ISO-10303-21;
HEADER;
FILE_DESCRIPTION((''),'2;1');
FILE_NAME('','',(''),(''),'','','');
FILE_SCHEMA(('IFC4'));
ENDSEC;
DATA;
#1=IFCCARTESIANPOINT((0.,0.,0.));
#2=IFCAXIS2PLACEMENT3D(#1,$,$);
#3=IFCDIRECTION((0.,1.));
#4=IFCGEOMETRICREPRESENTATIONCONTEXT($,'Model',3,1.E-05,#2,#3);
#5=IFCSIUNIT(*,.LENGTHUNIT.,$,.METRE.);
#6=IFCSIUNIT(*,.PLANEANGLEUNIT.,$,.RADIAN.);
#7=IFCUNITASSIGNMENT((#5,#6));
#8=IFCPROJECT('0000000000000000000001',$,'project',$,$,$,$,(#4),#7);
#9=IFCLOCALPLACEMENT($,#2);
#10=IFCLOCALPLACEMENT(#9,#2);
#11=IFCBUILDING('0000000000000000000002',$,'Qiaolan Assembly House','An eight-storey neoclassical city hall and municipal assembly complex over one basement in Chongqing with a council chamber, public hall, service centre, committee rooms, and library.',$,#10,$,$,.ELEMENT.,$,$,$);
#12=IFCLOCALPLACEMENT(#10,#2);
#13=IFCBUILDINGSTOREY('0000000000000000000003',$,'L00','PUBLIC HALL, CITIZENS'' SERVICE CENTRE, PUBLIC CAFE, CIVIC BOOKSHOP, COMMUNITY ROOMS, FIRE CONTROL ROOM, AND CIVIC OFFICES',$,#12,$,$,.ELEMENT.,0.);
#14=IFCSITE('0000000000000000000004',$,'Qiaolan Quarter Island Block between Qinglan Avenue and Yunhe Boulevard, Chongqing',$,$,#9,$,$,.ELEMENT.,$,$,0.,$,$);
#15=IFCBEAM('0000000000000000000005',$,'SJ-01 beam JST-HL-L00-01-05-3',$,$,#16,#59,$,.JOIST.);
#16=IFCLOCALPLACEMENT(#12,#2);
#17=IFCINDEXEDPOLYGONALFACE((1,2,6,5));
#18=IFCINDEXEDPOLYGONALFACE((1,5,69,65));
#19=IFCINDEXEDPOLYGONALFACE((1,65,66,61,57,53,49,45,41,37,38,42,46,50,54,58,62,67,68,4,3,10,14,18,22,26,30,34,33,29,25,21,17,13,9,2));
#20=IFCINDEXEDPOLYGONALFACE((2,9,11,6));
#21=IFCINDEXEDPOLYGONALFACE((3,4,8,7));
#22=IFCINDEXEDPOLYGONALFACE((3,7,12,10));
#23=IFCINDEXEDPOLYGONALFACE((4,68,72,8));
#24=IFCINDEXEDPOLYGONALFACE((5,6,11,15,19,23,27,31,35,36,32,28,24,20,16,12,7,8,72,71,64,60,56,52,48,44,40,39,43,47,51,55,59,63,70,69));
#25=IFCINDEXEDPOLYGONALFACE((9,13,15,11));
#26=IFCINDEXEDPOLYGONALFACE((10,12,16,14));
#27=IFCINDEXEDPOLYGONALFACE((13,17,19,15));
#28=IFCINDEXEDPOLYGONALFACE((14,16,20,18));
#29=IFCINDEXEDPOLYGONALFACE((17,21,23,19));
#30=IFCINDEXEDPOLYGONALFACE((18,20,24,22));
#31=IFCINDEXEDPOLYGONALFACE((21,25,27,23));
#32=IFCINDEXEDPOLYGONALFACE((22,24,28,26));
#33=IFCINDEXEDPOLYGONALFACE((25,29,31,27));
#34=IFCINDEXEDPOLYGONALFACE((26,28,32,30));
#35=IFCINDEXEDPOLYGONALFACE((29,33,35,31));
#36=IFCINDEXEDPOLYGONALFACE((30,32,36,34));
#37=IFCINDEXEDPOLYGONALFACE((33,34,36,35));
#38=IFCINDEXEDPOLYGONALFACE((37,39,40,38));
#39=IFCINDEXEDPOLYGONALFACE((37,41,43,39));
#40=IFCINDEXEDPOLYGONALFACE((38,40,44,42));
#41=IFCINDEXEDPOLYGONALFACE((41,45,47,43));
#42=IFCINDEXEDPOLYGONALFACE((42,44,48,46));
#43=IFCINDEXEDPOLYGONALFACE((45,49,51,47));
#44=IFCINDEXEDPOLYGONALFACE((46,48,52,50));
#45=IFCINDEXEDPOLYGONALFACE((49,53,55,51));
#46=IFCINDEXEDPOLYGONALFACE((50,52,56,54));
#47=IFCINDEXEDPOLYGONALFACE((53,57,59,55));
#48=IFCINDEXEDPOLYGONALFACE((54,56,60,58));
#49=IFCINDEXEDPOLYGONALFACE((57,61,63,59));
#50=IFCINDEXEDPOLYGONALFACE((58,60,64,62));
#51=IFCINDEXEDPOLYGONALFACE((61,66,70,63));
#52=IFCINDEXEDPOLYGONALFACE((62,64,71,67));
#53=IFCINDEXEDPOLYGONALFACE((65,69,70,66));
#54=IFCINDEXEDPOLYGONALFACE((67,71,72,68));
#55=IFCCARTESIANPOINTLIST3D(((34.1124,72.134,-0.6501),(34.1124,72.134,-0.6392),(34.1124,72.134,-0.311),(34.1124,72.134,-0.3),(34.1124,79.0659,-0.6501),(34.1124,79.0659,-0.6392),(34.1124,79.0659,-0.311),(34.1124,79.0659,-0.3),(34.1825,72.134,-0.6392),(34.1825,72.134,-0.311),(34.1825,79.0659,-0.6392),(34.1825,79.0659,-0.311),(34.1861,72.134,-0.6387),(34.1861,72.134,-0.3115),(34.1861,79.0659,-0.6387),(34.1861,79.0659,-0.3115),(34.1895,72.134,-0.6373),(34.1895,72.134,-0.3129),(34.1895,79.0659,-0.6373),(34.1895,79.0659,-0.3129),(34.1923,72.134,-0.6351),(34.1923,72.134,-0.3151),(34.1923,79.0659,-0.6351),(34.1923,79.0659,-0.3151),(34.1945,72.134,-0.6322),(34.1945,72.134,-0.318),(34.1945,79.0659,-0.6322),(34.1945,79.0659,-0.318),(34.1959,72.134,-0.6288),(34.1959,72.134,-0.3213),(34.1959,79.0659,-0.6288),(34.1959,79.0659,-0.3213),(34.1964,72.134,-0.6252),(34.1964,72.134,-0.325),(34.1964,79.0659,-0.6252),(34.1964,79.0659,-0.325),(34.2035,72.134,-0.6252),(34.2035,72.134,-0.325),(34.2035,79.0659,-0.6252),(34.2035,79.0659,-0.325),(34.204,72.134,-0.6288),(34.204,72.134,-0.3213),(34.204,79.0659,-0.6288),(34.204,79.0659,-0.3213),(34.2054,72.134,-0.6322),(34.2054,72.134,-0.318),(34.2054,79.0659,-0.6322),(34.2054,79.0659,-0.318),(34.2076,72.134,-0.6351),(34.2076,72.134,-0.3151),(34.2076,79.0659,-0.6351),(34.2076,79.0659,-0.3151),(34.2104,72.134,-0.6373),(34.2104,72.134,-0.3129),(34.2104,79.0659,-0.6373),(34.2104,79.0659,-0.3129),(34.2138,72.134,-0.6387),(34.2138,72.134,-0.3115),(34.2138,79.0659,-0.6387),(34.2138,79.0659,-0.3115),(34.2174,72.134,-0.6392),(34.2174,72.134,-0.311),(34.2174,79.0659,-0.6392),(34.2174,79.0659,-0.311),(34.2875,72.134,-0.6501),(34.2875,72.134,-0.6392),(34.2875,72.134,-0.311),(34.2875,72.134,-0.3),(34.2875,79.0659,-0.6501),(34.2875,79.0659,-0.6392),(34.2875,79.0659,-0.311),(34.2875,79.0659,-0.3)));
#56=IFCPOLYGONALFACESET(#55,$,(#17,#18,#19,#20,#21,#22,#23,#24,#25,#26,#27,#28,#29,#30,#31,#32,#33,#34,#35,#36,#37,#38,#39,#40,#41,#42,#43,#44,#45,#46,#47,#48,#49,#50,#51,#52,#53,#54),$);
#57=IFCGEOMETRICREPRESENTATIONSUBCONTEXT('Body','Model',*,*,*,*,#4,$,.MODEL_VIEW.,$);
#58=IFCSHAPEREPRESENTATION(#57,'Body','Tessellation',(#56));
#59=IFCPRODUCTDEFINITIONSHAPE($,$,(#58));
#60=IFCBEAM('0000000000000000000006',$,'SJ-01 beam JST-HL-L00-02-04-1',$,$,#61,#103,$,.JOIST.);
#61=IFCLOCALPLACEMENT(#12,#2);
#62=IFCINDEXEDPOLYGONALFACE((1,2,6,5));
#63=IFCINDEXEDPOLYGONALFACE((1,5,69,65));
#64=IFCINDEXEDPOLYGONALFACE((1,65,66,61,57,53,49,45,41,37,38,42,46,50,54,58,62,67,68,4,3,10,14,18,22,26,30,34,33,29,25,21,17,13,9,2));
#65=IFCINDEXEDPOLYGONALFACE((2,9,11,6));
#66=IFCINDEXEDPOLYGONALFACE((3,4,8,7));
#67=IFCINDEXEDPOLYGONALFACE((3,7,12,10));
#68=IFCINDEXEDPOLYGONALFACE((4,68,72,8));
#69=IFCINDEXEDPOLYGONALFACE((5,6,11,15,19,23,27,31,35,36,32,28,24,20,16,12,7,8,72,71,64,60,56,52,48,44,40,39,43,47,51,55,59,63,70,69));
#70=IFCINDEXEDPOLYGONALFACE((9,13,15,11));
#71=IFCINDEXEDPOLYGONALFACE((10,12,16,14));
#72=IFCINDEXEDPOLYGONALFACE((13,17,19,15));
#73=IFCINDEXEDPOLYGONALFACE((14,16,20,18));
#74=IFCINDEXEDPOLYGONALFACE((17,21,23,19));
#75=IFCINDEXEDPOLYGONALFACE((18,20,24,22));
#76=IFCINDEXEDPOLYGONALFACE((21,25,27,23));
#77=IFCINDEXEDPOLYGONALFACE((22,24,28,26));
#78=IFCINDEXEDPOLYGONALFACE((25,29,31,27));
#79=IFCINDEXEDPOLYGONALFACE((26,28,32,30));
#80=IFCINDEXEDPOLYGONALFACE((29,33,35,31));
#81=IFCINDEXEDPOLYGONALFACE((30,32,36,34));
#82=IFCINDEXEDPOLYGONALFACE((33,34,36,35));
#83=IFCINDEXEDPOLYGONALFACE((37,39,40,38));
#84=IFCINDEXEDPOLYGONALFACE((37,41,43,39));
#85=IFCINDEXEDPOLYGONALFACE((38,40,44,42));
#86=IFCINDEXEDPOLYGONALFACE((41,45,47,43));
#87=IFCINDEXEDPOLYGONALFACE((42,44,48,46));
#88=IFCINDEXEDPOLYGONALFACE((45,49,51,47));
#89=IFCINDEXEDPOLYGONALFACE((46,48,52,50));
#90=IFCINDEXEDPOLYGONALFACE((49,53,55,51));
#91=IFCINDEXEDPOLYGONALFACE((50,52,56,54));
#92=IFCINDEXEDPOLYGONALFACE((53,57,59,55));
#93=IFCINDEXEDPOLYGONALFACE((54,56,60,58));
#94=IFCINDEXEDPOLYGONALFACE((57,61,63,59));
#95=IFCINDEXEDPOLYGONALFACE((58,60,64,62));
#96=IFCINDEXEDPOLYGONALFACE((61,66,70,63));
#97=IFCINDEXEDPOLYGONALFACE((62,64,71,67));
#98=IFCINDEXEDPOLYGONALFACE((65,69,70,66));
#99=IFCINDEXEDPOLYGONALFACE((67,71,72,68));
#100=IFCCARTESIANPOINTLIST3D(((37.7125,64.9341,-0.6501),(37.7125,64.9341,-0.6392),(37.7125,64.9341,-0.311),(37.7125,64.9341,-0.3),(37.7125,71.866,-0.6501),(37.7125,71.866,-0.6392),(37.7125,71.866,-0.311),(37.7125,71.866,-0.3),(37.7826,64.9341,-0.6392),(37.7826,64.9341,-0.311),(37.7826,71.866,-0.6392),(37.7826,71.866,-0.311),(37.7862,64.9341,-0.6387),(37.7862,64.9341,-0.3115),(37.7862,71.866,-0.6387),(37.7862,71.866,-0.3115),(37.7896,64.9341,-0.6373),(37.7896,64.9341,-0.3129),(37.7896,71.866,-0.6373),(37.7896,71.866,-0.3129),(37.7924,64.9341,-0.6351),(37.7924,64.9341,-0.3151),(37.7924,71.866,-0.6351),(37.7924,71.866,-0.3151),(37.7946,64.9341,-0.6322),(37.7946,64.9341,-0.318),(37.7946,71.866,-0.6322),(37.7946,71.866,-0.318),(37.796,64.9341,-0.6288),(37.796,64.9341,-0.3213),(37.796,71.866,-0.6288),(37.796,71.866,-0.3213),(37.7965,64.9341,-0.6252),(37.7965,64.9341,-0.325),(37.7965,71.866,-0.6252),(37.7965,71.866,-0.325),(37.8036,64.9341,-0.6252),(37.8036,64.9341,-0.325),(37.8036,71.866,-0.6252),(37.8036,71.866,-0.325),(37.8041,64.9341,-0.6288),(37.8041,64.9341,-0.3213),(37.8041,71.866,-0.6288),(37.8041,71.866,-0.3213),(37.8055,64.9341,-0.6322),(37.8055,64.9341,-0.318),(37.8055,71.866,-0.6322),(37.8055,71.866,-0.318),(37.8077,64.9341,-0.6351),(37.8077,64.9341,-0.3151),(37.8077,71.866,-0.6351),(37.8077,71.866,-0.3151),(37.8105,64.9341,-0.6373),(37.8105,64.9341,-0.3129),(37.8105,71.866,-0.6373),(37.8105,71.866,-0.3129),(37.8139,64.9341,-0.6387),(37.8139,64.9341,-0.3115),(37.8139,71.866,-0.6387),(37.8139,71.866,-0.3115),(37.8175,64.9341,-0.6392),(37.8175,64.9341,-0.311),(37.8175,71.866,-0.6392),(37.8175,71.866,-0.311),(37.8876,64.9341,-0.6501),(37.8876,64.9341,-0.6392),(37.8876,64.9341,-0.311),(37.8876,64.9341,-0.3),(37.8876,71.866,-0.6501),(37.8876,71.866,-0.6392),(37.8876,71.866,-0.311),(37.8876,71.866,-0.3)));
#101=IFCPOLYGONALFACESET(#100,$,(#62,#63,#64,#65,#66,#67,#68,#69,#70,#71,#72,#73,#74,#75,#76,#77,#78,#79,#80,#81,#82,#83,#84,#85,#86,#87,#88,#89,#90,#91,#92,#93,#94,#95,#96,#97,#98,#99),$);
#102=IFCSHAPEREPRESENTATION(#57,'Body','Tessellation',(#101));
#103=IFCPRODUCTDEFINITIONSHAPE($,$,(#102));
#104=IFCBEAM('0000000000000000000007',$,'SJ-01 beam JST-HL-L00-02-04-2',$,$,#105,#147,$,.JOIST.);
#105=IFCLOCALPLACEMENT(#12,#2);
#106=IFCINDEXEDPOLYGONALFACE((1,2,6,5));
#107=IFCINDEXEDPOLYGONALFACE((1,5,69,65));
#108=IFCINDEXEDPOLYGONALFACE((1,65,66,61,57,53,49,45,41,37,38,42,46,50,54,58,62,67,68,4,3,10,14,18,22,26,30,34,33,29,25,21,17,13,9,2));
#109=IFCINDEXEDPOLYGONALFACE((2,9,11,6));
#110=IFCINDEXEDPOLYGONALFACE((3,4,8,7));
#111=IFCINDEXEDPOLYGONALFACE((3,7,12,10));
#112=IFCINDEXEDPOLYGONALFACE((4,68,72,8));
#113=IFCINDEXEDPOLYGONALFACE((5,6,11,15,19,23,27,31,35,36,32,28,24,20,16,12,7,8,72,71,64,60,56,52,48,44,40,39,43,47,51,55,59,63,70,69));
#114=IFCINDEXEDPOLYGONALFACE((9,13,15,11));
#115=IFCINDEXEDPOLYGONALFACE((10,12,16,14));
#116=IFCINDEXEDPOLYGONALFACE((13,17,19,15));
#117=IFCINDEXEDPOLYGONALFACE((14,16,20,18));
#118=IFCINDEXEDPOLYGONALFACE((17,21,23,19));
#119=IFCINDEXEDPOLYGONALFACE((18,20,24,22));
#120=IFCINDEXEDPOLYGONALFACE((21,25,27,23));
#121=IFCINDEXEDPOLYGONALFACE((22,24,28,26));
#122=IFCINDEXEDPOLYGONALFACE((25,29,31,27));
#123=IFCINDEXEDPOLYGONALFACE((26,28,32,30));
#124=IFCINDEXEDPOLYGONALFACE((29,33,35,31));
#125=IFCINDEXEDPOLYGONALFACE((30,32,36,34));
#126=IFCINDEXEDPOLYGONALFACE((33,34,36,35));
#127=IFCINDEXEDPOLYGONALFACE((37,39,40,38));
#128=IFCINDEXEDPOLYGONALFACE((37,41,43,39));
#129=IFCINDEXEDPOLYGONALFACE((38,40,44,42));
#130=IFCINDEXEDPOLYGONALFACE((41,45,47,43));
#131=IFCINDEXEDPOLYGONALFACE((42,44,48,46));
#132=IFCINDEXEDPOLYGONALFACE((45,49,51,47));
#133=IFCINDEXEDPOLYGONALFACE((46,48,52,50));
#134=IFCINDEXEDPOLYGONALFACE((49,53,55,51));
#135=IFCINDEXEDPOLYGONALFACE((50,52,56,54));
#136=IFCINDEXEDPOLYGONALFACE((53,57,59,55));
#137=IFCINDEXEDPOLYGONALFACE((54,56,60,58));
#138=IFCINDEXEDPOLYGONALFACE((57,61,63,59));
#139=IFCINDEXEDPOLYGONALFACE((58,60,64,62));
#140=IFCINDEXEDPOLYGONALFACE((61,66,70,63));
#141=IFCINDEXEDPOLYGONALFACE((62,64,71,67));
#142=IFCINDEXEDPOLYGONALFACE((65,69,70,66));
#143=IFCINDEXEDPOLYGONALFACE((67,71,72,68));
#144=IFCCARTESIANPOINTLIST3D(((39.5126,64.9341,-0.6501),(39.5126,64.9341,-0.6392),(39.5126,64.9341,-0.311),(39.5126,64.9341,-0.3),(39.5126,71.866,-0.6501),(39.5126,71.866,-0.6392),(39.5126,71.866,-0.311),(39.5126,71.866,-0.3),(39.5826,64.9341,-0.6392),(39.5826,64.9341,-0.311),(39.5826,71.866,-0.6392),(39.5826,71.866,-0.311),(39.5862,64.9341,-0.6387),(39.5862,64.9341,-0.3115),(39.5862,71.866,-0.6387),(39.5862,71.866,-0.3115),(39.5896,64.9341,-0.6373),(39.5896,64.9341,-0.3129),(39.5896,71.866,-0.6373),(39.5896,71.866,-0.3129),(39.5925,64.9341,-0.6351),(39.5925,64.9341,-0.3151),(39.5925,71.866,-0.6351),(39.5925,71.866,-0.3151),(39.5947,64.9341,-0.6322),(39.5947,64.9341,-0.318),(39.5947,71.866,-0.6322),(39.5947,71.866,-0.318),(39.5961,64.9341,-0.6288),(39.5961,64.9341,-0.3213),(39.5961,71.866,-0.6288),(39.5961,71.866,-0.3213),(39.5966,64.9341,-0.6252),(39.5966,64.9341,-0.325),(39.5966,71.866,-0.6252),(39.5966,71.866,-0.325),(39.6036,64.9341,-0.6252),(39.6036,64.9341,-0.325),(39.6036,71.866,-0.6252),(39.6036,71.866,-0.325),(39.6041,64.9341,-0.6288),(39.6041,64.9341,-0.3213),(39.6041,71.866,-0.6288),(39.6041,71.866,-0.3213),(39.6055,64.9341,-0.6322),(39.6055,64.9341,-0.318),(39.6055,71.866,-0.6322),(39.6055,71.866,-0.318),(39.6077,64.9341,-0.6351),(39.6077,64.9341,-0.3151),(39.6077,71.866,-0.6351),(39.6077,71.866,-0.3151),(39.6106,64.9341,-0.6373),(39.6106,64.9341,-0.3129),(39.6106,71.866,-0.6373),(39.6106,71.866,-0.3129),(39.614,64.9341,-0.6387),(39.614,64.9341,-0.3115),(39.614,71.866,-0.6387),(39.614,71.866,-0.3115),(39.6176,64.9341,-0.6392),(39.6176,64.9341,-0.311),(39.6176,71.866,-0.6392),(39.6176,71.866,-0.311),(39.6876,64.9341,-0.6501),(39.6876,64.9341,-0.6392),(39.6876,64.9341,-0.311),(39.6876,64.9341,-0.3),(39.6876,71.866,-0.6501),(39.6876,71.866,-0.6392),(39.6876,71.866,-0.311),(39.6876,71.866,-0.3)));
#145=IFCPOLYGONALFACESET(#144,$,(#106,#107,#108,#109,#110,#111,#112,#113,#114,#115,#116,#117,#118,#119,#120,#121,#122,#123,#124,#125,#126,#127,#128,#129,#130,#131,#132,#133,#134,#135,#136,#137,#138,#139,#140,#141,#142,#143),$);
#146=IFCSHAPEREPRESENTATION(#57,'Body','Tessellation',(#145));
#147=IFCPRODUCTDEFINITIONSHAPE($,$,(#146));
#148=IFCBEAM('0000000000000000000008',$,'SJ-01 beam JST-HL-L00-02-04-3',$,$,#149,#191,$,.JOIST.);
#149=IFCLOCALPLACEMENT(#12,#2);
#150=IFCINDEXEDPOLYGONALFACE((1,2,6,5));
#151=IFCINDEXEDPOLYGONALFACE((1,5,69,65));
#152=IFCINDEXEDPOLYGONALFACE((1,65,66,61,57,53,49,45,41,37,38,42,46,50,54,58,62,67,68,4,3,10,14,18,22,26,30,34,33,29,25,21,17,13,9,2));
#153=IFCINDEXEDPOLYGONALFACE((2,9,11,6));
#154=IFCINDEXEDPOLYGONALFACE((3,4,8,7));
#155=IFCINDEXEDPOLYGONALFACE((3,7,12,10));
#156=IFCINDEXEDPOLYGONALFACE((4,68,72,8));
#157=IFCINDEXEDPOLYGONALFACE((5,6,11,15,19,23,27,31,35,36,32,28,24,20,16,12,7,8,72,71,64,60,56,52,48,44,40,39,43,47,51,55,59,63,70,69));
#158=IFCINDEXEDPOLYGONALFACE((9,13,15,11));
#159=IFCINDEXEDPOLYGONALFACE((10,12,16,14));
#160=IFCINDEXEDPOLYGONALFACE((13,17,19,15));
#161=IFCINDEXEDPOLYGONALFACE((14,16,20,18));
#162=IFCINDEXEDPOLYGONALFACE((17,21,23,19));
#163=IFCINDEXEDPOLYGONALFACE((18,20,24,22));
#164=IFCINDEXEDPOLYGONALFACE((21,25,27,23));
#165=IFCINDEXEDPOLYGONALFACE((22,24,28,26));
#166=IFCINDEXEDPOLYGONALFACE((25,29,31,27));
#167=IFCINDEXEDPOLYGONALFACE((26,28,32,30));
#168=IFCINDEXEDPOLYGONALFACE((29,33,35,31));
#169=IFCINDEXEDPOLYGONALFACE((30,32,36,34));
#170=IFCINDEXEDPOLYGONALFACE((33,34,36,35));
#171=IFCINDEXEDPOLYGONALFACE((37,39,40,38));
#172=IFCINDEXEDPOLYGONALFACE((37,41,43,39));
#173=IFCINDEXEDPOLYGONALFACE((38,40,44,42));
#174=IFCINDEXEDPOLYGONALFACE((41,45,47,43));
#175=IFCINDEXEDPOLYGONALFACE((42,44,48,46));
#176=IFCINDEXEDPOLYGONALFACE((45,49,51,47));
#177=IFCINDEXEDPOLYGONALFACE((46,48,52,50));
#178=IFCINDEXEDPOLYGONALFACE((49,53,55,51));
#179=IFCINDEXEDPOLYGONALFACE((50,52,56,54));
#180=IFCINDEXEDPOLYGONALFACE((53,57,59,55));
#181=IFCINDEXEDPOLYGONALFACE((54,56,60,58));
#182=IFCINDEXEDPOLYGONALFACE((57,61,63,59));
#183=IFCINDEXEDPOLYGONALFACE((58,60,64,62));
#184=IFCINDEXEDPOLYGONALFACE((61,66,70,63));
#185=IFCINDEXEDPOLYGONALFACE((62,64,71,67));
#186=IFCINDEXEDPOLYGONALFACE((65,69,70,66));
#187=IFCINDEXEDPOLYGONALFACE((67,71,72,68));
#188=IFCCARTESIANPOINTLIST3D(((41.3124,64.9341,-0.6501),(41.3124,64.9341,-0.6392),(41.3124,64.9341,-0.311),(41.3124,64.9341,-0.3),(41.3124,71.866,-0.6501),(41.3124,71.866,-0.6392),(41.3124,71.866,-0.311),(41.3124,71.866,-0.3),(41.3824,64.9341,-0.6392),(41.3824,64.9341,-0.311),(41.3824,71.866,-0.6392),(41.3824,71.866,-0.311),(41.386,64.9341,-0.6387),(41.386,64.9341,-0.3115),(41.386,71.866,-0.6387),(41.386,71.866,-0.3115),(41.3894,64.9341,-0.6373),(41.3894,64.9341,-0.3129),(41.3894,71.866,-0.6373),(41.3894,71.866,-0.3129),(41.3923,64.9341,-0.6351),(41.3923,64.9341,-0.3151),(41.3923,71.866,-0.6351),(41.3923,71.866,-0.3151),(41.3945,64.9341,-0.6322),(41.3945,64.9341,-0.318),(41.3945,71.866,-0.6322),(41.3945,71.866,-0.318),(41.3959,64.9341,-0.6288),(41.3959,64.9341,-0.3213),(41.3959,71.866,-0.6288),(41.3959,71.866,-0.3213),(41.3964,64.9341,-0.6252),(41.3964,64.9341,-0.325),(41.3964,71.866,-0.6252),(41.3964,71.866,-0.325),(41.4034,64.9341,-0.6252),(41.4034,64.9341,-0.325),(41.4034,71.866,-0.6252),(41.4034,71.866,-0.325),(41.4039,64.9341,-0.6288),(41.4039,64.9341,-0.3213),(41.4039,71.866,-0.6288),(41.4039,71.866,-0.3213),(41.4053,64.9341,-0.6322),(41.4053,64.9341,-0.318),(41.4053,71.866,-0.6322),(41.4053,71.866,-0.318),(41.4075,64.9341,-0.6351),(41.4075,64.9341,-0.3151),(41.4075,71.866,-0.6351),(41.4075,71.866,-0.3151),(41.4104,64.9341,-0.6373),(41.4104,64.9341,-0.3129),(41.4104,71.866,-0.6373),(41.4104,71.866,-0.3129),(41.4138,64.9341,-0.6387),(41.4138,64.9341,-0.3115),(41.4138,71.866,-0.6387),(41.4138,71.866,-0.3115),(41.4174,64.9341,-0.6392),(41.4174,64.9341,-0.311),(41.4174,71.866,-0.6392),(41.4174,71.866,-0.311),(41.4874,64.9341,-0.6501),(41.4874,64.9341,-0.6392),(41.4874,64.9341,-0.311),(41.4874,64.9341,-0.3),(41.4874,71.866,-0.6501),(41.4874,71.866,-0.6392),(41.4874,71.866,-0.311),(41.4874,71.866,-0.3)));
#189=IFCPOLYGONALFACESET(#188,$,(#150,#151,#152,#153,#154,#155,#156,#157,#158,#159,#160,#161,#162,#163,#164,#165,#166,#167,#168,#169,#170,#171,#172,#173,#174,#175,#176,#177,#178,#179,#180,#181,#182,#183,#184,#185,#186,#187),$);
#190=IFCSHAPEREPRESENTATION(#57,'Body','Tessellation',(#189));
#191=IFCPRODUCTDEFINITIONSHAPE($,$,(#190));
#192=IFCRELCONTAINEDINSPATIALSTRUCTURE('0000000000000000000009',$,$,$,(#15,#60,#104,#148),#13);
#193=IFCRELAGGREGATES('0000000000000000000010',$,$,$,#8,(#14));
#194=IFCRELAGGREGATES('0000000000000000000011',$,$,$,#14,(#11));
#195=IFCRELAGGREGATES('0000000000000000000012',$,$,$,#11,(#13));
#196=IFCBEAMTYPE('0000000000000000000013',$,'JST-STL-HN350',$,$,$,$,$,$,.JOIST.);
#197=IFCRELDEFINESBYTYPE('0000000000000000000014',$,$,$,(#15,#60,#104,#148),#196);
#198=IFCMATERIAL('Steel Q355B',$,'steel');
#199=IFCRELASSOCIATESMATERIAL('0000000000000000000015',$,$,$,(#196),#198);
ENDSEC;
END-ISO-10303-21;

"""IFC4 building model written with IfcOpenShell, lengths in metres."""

from ifc_helpers import new_model, si_unit, direction, frame, origin, origin_2d, place, context, subcontext, project, spatial, i_section, extrude, material, material_profile, profile_set, type_object, element, save


model = new_model("IFC4")

# Units and contexts
model_context = context("Model", 3, precision=1e-05, world=origin(), true_north=direction((0.0, 1.0)))
body_context = subcontext(model_context, "Body", "Model", "MODEL_VIEW")
ifc_project = project(units=[si_unit("LENGTHUNIT", "METRE"), si_unit("PLANEANGLEUNIT", "RADIAN")], contexts=[model_context])

# Site, building, storey
site_placement = place(None, origin())
site = spatial("IfcSite", under=ifc_project, at=site_placement, Name="Qiaolan Quarter Island Block between Qinglan Avenue and Yunhe Boulevard, Chongqing", CompositionType="ELEMENT", RefElevation=0.0)
building_placement = place(site_placement, origin())
building = spatial("IfcBuilding", under=site, at=building_placement, Name="Qiaolan Assembly House", Description="An eight-storey neoclassical city hall and municipal assembly complex over one basement in Chongqing with a council chamber, public hall, service centre, committee rooms, and library.", CompositionType="ELEMENT")
storey_placement = place(building_placement, origin())
storey = spatial("IfcBuildingStorey", under=building, at=storey_placement, Name="L00", Description="PUBLIC HALL, CITIZENS' SERVICE CENTRE, PUBLIC CAFE, CIVIC BOOKSHOP, COMMUNITY ROOMS, FIRE CONTROL ROOM, AND CIVIC OFFICES", CompositionType="ELEMENT", Elevation=0.0)

# Shared definitions
ifc_material_1 = material(Name="Steel Q355B", Category="steel")

# Beams
ifc_material_profile_1 = material_profile(ifc_material_1, i_section(OverallWidth=0.175, OverallDepth=0.3501, WebThickness=0.0071, FlangeThickness=0.011, FilletRadius=0.0139, at=origin_2d()), Name="HN 350x175x7x11")
ifc_profile_set_1 = profile_set([ifc_material_profile_1], Name="Steel Q355B")
beam_type_1 = type_object("IfcBeamType", Name="JST-STL-HN350", PredefinedType="JOIST", material=ifc_profile_set_1)
for number, where, z_axis, x_axis, name in (
    (1, (34.2, 72.134, -0.4751), (0.0, 1.0, 0.0), (-1.0, 0.0, 0.0), "SJ-01 beam JST-HL-L00-01-05-3"),
    (2, (37.8, 64.9341, -0.4751), (0.0, 1.0, 0.0), (-1.0, 0.0, 0.0), "SJ-01 beam JST-HL-L00-02-04-1"),
    (3, (39.6001, 64.9341, -0.4751), (0.0, 1.0, 0.0), (-1.0, 0.0, 0.0), "SJ-01 beam JST-HL-L00-02-04-2"),
    (4, (41.3999, 64.9341, -0.4751), (0.0, 1.0, 0.0), (-1.0, 0.0, 0.0), "SJ-01 beam JST-HL-L00-02-04-3"),
):
    element("IfcBeam", number, at=place(storey_placement, frame(where, z_axis=z_axis, x_axis=x_axis)), inside=storey, type_object=beam_type_1, Name=name, PredefinedType="JOIST", context=body_context, shape_type="SweptSolid", body=[
        extrude(i_section(OverallWidth=0.175, OverallDepth=0.3501, WebThickness=0.0071, FlangeThickness=0.011, FilletRadius=0.0139, at=origin_2d()), origin(), (0.0, 0.0, 1.0), 6.9319),
    ])

save(model, "model.ifc")
